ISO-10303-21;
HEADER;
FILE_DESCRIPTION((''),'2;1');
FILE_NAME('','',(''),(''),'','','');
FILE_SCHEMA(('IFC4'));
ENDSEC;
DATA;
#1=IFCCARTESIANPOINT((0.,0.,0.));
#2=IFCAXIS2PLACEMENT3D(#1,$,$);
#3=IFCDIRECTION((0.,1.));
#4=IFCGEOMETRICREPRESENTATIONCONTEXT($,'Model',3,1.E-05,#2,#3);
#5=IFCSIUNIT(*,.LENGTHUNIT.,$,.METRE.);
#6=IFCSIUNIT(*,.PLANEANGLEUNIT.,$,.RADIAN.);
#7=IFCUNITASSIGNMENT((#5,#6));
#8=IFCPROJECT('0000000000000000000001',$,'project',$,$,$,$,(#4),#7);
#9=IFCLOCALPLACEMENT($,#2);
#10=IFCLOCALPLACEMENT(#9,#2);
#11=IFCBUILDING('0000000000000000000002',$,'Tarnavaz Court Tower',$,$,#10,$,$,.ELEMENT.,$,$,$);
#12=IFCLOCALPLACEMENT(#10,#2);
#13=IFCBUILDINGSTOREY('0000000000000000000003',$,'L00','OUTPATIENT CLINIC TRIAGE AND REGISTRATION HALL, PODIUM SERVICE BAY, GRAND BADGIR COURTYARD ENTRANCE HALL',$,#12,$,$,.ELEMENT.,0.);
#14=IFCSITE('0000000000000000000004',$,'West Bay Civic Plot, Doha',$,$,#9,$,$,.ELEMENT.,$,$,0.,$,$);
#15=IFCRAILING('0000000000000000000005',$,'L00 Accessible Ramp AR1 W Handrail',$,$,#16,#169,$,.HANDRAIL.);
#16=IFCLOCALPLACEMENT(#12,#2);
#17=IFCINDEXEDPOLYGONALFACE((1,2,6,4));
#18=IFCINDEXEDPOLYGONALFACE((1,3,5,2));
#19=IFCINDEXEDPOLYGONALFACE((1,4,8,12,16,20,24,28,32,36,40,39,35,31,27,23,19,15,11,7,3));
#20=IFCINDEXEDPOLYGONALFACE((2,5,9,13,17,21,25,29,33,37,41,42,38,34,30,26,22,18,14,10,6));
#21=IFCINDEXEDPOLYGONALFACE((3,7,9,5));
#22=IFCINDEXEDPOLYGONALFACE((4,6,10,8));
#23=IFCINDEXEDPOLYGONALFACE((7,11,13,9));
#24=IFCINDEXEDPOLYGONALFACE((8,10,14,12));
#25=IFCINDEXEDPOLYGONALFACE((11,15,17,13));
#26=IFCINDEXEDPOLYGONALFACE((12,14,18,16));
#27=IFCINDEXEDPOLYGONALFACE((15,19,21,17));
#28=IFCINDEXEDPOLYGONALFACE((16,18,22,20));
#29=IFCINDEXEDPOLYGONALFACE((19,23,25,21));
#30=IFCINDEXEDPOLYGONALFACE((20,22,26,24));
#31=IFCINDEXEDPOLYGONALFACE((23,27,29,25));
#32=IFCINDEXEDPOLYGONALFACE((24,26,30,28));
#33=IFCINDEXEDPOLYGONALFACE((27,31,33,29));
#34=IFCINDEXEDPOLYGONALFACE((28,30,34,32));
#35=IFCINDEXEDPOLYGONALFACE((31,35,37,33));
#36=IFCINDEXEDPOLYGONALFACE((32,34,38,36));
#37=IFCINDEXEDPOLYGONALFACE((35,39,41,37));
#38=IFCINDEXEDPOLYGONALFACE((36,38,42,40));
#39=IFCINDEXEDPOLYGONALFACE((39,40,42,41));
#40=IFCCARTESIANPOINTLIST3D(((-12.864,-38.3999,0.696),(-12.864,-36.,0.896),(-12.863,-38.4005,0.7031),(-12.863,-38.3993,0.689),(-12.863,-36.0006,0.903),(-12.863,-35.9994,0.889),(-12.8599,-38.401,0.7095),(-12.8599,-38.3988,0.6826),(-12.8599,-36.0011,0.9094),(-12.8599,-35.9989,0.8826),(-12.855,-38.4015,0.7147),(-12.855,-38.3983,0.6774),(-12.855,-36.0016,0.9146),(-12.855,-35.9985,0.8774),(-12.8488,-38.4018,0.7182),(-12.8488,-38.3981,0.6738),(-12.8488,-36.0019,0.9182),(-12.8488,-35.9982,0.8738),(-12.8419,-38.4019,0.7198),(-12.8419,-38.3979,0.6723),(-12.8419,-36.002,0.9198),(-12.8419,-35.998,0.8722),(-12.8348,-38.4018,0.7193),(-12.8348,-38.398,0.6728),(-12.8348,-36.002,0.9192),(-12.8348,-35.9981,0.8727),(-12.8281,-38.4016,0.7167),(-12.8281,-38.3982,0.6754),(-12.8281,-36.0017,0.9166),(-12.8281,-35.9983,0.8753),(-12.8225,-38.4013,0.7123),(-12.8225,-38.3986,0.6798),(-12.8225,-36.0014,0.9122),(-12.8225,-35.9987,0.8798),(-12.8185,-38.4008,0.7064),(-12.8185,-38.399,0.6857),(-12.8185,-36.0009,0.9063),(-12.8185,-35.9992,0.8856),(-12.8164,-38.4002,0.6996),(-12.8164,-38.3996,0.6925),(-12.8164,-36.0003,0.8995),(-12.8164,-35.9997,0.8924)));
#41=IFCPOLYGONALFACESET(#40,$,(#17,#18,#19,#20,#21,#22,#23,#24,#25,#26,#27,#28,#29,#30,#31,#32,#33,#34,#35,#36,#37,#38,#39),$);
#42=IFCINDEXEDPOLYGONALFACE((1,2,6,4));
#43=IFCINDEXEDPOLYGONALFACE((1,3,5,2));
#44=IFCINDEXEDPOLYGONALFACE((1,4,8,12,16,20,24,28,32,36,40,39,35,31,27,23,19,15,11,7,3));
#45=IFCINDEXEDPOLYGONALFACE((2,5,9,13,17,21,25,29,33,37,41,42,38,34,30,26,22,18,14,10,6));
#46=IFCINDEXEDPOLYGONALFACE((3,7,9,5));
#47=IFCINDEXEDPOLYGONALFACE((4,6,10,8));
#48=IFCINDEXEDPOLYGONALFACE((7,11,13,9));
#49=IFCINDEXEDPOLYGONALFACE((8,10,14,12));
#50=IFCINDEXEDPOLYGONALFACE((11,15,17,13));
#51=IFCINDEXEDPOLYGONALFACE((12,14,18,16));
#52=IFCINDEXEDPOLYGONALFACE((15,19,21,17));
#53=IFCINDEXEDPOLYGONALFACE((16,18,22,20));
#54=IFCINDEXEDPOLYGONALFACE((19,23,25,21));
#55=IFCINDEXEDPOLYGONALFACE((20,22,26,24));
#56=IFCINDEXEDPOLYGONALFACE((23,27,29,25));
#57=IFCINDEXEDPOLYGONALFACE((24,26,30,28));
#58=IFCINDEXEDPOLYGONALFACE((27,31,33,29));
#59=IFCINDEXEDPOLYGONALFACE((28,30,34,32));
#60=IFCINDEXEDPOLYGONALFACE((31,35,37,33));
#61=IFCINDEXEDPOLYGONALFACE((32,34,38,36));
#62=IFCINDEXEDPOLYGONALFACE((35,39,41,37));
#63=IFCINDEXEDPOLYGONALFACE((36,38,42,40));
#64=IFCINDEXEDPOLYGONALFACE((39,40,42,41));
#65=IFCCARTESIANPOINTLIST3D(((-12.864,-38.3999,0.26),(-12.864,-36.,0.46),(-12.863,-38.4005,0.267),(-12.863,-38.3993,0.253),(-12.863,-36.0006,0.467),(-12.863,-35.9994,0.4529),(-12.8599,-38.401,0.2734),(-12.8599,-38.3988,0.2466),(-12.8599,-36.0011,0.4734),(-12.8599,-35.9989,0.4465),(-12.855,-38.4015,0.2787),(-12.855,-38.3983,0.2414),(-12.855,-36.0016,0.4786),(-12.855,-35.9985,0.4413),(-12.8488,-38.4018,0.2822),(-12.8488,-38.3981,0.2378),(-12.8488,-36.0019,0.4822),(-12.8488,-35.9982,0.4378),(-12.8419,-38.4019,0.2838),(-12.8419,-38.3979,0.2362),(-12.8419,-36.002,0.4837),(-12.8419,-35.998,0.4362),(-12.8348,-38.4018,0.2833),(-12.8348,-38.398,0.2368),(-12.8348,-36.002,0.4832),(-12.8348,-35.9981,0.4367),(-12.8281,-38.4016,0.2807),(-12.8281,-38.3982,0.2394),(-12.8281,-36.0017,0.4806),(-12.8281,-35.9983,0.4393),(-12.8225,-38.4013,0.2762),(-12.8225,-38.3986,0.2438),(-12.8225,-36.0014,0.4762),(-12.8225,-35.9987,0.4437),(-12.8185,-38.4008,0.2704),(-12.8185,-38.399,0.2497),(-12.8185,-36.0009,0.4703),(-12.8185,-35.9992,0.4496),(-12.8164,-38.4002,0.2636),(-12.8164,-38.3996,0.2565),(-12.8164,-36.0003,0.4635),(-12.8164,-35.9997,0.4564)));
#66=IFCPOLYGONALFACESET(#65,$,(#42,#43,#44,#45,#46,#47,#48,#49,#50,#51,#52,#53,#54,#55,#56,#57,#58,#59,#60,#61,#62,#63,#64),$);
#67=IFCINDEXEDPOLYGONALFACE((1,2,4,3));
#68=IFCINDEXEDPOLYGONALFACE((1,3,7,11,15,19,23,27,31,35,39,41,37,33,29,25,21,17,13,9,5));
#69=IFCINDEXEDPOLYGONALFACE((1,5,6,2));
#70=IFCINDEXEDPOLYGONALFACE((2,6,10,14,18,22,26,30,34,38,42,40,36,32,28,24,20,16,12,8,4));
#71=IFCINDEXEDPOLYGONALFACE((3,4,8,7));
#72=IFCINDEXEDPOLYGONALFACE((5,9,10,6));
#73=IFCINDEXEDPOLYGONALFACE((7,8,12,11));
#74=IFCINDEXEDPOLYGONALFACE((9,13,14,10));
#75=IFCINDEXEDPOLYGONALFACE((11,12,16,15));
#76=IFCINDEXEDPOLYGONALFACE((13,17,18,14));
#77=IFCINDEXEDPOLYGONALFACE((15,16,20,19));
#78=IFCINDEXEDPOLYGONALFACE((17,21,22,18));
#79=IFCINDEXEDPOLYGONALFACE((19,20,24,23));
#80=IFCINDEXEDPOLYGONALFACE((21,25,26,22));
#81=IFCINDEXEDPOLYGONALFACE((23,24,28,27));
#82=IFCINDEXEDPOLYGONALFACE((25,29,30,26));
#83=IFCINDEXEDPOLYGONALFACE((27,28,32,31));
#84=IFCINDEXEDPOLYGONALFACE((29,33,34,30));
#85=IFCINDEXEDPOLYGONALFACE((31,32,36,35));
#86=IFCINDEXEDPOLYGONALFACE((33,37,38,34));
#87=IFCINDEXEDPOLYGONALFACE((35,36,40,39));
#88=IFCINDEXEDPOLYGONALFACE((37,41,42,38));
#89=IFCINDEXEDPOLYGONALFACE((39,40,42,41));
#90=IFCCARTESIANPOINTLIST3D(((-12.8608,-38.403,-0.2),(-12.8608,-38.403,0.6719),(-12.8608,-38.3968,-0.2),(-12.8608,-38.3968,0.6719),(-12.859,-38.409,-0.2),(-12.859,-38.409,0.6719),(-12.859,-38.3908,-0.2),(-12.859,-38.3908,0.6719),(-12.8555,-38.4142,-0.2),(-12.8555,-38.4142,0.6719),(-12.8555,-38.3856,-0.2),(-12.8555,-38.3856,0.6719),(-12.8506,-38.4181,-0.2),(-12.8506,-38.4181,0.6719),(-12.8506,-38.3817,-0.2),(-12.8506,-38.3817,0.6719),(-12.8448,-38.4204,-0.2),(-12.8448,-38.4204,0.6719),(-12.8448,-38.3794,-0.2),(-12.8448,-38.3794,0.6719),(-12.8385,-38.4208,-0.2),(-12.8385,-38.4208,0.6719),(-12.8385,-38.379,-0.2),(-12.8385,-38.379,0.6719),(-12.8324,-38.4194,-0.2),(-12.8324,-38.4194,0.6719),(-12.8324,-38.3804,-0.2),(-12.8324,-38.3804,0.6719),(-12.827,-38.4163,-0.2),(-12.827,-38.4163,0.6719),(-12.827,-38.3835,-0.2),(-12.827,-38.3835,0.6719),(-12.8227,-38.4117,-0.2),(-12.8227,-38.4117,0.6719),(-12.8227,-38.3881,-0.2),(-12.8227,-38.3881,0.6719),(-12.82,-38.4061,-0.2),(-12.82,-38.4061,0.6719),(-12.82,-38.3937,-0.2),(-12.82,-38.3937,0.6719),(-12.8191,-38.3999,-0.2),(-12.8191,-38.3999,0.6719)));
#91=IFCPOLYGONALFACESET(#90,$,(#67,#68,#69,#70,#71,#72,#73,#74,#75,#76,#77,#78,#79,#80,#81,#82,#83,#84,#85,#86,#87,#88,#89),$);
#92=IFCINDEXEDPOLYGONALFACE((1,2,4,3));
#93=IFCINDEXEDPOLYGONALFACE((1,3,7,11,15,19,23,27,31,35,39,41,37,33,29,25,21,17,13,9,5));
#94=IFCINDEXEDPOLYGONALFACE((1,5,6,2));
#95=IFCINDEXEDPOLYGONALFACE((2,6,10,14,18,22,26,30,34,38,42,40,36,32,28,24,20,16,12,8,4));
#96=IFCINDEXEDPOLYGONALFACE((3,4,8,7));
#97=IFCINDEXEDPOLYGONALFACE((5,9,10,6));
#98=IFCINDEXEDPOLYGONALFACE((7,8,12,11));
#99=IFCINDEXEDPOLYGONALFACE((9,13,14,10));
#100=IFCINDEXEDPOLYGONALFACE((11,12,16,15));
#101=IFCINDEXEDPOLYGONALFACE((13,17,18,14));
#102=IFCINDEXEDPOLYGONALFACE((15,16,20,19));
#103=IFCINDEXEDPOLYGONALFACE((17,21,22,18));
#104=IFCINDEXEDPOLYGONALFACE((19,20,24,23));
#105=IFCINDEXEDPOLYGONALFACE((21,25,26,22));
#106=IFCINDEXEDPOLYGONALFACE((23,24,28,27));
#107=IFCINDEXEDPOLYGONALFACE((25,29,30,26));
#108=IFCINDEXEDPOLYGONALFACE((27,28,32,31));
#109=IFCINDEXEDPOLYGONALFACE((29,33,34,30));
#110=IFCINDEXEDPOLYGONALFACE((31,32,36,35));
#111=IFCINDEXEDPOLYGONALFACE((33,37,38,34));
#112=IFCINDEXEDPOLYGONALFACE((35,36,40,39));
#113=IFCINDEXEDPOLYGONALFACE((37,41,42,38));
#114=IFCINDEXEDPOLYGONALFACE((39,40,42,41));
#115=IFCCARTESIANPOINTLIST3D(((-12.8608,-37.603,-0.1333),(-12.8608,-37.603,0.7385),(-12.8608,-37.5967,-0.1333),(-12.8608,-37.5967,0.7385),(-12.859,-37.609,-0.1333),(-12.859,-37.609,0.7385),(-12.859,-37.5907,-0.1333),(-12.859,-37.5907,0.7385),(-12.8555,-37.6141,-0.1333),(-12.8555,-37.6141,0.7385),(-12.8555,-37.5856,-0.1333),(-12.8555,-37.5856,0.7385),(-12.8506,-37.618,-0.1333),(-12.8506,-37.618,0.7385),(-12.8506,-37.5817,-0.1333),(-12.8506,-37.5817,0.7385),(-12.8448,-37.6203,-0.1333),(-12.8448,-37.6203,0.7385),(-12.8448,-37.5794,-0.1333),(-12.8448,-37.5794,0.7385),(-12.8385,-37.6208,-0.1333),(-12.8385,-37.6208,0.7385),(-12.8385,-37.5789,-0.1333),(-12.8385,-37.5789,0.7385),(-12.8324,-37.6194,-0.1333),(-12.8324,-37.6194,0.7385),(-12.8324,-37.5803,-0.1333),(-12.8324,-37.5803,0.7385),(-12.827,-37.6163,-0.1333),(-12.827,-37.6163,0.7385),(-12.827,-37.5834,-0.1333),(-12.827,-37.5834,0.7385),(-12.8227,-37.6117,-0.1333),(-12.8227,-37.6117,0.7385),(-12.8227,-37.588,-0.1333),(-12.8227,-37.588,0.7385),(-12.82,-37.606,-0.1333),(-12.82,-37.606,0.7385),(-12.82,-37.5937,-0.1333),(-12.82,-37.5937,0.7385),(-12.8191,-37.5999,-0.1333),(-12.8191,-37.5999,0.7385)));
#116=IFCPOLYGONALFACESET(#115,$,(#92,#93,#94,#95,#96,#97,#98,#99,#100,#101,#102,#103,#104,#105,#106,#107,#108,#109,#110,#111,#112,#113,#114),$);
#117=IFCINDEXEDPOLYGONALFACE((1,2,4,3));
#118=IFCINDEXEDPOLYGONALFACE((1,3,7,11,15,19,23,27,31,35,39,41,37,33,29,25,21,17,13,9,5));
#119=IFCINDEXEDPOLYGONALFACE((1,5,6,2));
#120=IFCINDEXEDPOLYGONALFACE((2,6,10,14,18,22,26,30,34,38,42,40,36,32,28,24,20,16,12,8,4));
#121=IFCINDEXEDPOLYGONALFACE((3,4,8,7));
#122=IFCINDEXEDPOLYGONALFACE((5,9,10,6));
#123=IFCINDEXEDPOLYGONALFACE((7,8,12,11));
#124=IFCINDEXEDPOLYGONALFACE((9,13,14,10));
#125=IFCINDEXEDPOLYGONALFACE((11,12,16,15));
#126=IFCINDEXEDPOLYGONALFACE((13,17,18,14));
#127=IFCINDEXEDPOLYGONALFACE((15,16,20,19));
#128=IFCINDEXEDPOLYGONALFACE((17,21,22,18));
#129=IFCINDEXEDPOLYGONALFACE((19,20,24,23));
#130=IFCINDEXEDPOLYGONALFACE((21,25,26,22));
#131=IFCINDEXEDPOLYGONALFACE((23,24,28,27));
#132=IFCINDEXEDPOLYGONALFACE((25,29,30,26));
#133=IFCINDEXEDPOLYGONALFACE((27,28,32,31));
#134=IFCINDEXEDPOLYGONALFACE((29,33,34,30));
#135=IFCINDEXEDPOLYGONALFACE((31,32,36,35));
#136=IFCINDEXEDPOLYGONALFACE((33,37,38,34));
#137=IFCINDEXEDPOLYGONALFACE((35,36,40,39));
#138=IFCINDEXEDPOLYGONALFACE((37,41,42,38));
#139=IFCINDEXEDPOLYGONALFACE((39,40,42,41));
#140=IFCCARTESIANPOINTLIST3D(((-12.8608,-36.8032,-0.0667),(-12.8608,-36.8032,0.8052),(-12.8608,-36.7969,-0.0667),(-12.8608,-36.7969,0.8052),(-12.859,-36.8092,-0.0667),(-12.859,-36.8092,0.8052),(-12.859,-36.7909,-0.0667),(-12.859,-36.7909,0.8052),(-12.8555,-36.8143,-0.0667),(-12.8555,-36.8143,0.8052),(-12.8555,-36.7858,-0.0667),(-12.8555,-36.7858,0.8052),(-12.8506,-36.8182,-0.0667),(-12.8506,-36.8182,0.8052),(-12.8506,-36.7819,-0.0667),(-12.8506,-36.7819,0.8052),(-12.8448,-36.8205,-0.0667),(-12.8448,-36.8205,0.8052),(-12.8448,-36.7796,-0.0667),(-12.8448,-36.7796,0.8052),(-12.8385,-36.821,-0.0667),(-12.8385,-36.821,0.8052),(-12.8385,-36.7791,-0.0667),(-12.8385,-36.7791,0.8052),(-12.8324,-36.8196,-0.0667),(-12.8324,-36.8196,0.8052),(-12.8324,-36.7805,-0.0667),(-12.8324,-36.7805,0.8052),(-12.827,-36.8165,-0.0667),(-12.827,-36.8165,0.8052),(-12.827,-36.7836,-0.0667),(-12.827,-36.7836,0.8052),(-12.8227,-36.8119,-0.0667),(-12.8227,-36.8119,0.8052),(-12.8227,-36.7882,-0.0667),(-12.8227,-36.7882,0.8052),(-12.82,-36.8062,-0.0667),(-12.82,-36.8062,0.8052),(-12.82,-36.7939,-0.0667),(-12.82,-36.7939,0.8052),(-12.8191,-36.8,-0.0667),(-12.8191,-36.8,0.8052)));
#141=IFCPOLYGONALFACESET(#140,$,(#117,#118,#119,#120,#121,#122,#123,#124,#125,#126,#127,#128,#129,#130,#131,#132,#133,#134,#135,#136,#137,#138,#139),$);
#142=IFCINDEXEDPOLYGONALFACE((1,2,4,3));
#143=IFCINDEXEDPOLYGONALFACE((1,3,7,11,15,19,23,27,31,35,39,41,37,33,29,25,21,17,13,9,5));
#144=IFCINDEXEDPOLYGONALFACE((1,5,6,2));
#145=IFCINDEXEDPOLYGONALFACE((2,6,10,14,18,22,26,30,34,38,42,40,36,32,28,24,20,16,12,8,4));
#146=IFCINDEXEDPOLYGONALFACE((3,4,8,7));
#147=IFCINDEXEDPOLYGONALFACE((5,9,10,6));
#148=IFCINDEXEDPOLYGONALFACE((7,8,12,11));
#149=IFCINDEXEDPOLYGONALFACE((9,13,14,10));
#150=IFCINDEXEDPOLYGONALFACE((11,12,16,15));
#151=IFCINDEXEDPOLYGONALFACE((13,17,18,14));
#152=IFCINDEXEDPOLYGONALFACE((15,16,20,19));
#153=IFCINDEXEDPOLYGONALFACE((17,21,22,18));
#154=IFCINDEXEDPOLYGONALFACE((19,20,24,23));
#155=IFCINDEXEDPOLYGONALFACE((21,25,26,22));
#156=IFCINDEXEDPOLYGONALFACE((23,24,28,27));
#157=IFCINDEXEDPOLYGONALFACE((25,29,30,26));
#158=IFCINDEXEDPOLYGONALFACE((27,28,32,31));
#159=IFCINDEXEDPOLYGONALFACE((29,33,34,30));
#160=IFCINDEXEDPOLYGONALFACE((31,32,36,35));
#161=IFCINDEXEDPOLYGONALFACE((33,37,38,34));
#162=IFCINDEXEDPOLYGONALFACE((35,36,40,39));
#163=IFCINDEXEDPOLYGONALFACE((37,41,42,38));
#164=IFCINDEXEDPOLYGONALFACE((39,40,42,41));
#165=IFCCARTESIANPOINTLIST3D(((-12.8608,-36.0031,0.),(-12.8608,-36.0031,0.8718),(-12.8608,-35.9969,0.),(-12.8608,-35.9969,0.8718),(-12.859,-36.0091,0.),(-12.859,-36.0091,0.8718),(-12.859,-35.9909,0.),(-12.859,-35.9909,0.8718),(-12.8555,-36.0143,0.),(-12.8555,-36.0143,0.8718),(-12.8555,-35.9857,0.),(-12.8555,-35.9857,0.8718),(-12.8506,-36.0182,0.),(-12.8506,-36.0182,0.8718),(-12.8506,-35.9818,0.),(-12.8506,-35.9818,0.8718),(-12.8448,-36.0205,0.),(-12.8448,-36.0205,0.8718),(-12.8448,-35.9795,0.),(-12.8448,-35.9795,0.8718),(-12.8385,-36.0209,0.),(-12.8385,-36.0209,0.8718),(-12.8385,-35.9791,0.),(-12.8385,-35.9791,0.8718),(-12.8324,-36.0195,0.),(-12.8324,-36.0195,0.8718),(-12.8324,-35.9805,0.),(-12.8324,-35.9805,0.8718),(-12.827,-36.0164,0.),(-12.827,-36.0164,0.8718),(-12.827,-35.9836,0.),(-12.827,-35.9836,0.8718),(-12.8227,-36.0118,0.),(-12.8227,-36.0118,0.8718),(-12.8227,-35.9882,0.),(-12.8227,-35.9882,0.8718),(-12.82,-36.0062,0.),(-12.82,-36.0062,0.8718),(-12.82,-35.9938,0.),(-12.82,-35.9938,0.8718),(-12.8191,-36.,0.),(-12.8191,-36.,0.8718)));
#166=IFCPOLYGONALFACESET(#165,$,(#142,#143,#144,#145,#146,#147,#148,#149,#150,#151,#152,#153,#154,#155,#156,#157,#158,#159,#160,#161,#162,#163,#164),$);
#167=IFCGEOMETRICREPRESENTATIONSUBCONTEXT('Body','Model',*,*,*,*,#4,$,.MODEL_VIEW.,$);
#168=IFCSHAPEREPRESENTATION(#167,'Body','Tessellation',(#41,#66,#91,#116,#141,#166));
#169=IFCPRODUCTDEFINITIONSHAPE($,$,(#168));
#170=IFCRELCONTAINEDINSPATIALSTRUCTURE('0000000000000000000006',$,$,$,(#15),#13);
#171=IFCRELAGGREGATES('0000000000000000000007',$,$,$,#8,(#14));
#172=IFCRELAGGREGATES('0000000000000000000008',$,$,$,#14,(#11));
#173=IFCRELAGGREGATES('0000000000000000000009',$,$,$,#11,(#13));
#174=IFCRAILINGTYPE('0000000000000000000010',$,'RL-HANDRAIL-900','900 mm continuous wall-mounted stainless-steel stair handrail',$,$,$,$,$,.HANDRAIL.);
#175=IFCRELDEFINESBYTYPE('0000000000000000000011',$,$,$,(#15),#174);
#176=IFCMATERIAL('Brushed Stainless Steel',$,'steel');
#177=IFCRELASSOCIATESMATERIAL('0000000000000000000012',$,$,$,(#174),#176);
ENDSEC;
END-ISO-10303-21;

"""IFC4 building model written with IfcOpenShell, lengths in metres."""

from ifc_helpers import new_model, si_unit, direction, frame, origin, origin_2d, place, context, subcontext, project, spatial, circle, extrude, material, type_object, element, save


model = new_model("IFC4")

# Units and contexts
model_context = context("Model", 3, precision=1e-05, world=origin(), true_north=direction((0.0, 1.0)))
body_context = subcontext(model_context, "Body", "Model", "MODEL_VIEW")
ifc_project = project(units=[si_unit("LENGTHUNIT", "METRE"), si_unit("PLANEANGLEUNIT", "RADIAN")], contexts=[model_context])

# Site, building, storey
site_placement = place(None, origin())
site = spatial("IfcSite", under=ifc_project, at=site_placement, Name="West Bay Civic Plot, Doha", CompositionType="ELEMENT", RefElevation=0.0)
building_placement = place(site_placement, origin())
building = spatial("IfcBuilding", under=site, at=building_placement, Name="Tarnavaz Court Tower", CompositionType="ELEMENT")
storey_placement = place(building_placement, origin())
storey = spatial("IfcBuildingStorey", under=building, at=storey_placement, Name="L00", Description="OUTPATIENT CLINIC TRIAGE AND REGISTRATION HALL, PODIUM SERVICE BAY, GRAND BADGIR COURTYARD ENTRANCE HALL", CompositionType="ELEMENT", Elevation=0.0)

# Railing
ifc_material_1 = material(Name="Brushed Stainless Steel", Category="steel")
railing_type = type_object("IfcRailingType", Name="RL-HANDRAIL-900", Description="900 mm continuous wall-mounted stainless-steel stair handrail", PredefinedType="HANDRAIL", material=ifc_material_1)
for number, where, name in (
    (1, (-12.8401, -38.3999, -0.2), "L00 Accessible Ramp AR1 W Handrail"),
):
    element("IfcRailing", number, at=place(storey_placement, frame(where)), inside=storey, type_object=railing_type, Name=name, PredefinedType="HANDRAIL", context=body_context, shape_type="SweptSolid", body=[
        extrude(circle(Radius=0.0239, at=origin_2d()), frame((0.0, 0.0, 0.896), z_axis=(0.0, 0.996547, 0.083029), x_axis=(-1.0, 0.0, 0.0)), (0.0, 0.0, 1.0), 2.4082),
        extrude(circle(Radius=0.0239, at=origin_2d()), frame((0.0, 0.0, 0.46), z_axis=(0.0, 0.996547, 0.083029), x_axis=(-1.0, 0.0, 0.0)), (0.0, 0.0, 1.0), 2.4082),
        extrude(circle(Radius=0.021, at=origin_2d()), origin(), (0.0, 0.0, 1.0), 0.8718),
        extrude(circle(Radius=0.021, at=origin_2d()), frame((0.0, 0.8, 0.0667)), (0.0, 0.0, 1.0), 0.8718),
        extrude(circle(Radius=0.021, at=origin_2d()), frame((0.0, 1.5999, 0.1333)), (0.0, 0.0, 1.0), 0.8718),
        extrude(circle(Radius=0.021, at=origin_2d()), frame((0.0, 2.3999, 0.2)), (0.0, 0.0, 1.0), 0.8718),
    ])

save(model, "model.ifc")
